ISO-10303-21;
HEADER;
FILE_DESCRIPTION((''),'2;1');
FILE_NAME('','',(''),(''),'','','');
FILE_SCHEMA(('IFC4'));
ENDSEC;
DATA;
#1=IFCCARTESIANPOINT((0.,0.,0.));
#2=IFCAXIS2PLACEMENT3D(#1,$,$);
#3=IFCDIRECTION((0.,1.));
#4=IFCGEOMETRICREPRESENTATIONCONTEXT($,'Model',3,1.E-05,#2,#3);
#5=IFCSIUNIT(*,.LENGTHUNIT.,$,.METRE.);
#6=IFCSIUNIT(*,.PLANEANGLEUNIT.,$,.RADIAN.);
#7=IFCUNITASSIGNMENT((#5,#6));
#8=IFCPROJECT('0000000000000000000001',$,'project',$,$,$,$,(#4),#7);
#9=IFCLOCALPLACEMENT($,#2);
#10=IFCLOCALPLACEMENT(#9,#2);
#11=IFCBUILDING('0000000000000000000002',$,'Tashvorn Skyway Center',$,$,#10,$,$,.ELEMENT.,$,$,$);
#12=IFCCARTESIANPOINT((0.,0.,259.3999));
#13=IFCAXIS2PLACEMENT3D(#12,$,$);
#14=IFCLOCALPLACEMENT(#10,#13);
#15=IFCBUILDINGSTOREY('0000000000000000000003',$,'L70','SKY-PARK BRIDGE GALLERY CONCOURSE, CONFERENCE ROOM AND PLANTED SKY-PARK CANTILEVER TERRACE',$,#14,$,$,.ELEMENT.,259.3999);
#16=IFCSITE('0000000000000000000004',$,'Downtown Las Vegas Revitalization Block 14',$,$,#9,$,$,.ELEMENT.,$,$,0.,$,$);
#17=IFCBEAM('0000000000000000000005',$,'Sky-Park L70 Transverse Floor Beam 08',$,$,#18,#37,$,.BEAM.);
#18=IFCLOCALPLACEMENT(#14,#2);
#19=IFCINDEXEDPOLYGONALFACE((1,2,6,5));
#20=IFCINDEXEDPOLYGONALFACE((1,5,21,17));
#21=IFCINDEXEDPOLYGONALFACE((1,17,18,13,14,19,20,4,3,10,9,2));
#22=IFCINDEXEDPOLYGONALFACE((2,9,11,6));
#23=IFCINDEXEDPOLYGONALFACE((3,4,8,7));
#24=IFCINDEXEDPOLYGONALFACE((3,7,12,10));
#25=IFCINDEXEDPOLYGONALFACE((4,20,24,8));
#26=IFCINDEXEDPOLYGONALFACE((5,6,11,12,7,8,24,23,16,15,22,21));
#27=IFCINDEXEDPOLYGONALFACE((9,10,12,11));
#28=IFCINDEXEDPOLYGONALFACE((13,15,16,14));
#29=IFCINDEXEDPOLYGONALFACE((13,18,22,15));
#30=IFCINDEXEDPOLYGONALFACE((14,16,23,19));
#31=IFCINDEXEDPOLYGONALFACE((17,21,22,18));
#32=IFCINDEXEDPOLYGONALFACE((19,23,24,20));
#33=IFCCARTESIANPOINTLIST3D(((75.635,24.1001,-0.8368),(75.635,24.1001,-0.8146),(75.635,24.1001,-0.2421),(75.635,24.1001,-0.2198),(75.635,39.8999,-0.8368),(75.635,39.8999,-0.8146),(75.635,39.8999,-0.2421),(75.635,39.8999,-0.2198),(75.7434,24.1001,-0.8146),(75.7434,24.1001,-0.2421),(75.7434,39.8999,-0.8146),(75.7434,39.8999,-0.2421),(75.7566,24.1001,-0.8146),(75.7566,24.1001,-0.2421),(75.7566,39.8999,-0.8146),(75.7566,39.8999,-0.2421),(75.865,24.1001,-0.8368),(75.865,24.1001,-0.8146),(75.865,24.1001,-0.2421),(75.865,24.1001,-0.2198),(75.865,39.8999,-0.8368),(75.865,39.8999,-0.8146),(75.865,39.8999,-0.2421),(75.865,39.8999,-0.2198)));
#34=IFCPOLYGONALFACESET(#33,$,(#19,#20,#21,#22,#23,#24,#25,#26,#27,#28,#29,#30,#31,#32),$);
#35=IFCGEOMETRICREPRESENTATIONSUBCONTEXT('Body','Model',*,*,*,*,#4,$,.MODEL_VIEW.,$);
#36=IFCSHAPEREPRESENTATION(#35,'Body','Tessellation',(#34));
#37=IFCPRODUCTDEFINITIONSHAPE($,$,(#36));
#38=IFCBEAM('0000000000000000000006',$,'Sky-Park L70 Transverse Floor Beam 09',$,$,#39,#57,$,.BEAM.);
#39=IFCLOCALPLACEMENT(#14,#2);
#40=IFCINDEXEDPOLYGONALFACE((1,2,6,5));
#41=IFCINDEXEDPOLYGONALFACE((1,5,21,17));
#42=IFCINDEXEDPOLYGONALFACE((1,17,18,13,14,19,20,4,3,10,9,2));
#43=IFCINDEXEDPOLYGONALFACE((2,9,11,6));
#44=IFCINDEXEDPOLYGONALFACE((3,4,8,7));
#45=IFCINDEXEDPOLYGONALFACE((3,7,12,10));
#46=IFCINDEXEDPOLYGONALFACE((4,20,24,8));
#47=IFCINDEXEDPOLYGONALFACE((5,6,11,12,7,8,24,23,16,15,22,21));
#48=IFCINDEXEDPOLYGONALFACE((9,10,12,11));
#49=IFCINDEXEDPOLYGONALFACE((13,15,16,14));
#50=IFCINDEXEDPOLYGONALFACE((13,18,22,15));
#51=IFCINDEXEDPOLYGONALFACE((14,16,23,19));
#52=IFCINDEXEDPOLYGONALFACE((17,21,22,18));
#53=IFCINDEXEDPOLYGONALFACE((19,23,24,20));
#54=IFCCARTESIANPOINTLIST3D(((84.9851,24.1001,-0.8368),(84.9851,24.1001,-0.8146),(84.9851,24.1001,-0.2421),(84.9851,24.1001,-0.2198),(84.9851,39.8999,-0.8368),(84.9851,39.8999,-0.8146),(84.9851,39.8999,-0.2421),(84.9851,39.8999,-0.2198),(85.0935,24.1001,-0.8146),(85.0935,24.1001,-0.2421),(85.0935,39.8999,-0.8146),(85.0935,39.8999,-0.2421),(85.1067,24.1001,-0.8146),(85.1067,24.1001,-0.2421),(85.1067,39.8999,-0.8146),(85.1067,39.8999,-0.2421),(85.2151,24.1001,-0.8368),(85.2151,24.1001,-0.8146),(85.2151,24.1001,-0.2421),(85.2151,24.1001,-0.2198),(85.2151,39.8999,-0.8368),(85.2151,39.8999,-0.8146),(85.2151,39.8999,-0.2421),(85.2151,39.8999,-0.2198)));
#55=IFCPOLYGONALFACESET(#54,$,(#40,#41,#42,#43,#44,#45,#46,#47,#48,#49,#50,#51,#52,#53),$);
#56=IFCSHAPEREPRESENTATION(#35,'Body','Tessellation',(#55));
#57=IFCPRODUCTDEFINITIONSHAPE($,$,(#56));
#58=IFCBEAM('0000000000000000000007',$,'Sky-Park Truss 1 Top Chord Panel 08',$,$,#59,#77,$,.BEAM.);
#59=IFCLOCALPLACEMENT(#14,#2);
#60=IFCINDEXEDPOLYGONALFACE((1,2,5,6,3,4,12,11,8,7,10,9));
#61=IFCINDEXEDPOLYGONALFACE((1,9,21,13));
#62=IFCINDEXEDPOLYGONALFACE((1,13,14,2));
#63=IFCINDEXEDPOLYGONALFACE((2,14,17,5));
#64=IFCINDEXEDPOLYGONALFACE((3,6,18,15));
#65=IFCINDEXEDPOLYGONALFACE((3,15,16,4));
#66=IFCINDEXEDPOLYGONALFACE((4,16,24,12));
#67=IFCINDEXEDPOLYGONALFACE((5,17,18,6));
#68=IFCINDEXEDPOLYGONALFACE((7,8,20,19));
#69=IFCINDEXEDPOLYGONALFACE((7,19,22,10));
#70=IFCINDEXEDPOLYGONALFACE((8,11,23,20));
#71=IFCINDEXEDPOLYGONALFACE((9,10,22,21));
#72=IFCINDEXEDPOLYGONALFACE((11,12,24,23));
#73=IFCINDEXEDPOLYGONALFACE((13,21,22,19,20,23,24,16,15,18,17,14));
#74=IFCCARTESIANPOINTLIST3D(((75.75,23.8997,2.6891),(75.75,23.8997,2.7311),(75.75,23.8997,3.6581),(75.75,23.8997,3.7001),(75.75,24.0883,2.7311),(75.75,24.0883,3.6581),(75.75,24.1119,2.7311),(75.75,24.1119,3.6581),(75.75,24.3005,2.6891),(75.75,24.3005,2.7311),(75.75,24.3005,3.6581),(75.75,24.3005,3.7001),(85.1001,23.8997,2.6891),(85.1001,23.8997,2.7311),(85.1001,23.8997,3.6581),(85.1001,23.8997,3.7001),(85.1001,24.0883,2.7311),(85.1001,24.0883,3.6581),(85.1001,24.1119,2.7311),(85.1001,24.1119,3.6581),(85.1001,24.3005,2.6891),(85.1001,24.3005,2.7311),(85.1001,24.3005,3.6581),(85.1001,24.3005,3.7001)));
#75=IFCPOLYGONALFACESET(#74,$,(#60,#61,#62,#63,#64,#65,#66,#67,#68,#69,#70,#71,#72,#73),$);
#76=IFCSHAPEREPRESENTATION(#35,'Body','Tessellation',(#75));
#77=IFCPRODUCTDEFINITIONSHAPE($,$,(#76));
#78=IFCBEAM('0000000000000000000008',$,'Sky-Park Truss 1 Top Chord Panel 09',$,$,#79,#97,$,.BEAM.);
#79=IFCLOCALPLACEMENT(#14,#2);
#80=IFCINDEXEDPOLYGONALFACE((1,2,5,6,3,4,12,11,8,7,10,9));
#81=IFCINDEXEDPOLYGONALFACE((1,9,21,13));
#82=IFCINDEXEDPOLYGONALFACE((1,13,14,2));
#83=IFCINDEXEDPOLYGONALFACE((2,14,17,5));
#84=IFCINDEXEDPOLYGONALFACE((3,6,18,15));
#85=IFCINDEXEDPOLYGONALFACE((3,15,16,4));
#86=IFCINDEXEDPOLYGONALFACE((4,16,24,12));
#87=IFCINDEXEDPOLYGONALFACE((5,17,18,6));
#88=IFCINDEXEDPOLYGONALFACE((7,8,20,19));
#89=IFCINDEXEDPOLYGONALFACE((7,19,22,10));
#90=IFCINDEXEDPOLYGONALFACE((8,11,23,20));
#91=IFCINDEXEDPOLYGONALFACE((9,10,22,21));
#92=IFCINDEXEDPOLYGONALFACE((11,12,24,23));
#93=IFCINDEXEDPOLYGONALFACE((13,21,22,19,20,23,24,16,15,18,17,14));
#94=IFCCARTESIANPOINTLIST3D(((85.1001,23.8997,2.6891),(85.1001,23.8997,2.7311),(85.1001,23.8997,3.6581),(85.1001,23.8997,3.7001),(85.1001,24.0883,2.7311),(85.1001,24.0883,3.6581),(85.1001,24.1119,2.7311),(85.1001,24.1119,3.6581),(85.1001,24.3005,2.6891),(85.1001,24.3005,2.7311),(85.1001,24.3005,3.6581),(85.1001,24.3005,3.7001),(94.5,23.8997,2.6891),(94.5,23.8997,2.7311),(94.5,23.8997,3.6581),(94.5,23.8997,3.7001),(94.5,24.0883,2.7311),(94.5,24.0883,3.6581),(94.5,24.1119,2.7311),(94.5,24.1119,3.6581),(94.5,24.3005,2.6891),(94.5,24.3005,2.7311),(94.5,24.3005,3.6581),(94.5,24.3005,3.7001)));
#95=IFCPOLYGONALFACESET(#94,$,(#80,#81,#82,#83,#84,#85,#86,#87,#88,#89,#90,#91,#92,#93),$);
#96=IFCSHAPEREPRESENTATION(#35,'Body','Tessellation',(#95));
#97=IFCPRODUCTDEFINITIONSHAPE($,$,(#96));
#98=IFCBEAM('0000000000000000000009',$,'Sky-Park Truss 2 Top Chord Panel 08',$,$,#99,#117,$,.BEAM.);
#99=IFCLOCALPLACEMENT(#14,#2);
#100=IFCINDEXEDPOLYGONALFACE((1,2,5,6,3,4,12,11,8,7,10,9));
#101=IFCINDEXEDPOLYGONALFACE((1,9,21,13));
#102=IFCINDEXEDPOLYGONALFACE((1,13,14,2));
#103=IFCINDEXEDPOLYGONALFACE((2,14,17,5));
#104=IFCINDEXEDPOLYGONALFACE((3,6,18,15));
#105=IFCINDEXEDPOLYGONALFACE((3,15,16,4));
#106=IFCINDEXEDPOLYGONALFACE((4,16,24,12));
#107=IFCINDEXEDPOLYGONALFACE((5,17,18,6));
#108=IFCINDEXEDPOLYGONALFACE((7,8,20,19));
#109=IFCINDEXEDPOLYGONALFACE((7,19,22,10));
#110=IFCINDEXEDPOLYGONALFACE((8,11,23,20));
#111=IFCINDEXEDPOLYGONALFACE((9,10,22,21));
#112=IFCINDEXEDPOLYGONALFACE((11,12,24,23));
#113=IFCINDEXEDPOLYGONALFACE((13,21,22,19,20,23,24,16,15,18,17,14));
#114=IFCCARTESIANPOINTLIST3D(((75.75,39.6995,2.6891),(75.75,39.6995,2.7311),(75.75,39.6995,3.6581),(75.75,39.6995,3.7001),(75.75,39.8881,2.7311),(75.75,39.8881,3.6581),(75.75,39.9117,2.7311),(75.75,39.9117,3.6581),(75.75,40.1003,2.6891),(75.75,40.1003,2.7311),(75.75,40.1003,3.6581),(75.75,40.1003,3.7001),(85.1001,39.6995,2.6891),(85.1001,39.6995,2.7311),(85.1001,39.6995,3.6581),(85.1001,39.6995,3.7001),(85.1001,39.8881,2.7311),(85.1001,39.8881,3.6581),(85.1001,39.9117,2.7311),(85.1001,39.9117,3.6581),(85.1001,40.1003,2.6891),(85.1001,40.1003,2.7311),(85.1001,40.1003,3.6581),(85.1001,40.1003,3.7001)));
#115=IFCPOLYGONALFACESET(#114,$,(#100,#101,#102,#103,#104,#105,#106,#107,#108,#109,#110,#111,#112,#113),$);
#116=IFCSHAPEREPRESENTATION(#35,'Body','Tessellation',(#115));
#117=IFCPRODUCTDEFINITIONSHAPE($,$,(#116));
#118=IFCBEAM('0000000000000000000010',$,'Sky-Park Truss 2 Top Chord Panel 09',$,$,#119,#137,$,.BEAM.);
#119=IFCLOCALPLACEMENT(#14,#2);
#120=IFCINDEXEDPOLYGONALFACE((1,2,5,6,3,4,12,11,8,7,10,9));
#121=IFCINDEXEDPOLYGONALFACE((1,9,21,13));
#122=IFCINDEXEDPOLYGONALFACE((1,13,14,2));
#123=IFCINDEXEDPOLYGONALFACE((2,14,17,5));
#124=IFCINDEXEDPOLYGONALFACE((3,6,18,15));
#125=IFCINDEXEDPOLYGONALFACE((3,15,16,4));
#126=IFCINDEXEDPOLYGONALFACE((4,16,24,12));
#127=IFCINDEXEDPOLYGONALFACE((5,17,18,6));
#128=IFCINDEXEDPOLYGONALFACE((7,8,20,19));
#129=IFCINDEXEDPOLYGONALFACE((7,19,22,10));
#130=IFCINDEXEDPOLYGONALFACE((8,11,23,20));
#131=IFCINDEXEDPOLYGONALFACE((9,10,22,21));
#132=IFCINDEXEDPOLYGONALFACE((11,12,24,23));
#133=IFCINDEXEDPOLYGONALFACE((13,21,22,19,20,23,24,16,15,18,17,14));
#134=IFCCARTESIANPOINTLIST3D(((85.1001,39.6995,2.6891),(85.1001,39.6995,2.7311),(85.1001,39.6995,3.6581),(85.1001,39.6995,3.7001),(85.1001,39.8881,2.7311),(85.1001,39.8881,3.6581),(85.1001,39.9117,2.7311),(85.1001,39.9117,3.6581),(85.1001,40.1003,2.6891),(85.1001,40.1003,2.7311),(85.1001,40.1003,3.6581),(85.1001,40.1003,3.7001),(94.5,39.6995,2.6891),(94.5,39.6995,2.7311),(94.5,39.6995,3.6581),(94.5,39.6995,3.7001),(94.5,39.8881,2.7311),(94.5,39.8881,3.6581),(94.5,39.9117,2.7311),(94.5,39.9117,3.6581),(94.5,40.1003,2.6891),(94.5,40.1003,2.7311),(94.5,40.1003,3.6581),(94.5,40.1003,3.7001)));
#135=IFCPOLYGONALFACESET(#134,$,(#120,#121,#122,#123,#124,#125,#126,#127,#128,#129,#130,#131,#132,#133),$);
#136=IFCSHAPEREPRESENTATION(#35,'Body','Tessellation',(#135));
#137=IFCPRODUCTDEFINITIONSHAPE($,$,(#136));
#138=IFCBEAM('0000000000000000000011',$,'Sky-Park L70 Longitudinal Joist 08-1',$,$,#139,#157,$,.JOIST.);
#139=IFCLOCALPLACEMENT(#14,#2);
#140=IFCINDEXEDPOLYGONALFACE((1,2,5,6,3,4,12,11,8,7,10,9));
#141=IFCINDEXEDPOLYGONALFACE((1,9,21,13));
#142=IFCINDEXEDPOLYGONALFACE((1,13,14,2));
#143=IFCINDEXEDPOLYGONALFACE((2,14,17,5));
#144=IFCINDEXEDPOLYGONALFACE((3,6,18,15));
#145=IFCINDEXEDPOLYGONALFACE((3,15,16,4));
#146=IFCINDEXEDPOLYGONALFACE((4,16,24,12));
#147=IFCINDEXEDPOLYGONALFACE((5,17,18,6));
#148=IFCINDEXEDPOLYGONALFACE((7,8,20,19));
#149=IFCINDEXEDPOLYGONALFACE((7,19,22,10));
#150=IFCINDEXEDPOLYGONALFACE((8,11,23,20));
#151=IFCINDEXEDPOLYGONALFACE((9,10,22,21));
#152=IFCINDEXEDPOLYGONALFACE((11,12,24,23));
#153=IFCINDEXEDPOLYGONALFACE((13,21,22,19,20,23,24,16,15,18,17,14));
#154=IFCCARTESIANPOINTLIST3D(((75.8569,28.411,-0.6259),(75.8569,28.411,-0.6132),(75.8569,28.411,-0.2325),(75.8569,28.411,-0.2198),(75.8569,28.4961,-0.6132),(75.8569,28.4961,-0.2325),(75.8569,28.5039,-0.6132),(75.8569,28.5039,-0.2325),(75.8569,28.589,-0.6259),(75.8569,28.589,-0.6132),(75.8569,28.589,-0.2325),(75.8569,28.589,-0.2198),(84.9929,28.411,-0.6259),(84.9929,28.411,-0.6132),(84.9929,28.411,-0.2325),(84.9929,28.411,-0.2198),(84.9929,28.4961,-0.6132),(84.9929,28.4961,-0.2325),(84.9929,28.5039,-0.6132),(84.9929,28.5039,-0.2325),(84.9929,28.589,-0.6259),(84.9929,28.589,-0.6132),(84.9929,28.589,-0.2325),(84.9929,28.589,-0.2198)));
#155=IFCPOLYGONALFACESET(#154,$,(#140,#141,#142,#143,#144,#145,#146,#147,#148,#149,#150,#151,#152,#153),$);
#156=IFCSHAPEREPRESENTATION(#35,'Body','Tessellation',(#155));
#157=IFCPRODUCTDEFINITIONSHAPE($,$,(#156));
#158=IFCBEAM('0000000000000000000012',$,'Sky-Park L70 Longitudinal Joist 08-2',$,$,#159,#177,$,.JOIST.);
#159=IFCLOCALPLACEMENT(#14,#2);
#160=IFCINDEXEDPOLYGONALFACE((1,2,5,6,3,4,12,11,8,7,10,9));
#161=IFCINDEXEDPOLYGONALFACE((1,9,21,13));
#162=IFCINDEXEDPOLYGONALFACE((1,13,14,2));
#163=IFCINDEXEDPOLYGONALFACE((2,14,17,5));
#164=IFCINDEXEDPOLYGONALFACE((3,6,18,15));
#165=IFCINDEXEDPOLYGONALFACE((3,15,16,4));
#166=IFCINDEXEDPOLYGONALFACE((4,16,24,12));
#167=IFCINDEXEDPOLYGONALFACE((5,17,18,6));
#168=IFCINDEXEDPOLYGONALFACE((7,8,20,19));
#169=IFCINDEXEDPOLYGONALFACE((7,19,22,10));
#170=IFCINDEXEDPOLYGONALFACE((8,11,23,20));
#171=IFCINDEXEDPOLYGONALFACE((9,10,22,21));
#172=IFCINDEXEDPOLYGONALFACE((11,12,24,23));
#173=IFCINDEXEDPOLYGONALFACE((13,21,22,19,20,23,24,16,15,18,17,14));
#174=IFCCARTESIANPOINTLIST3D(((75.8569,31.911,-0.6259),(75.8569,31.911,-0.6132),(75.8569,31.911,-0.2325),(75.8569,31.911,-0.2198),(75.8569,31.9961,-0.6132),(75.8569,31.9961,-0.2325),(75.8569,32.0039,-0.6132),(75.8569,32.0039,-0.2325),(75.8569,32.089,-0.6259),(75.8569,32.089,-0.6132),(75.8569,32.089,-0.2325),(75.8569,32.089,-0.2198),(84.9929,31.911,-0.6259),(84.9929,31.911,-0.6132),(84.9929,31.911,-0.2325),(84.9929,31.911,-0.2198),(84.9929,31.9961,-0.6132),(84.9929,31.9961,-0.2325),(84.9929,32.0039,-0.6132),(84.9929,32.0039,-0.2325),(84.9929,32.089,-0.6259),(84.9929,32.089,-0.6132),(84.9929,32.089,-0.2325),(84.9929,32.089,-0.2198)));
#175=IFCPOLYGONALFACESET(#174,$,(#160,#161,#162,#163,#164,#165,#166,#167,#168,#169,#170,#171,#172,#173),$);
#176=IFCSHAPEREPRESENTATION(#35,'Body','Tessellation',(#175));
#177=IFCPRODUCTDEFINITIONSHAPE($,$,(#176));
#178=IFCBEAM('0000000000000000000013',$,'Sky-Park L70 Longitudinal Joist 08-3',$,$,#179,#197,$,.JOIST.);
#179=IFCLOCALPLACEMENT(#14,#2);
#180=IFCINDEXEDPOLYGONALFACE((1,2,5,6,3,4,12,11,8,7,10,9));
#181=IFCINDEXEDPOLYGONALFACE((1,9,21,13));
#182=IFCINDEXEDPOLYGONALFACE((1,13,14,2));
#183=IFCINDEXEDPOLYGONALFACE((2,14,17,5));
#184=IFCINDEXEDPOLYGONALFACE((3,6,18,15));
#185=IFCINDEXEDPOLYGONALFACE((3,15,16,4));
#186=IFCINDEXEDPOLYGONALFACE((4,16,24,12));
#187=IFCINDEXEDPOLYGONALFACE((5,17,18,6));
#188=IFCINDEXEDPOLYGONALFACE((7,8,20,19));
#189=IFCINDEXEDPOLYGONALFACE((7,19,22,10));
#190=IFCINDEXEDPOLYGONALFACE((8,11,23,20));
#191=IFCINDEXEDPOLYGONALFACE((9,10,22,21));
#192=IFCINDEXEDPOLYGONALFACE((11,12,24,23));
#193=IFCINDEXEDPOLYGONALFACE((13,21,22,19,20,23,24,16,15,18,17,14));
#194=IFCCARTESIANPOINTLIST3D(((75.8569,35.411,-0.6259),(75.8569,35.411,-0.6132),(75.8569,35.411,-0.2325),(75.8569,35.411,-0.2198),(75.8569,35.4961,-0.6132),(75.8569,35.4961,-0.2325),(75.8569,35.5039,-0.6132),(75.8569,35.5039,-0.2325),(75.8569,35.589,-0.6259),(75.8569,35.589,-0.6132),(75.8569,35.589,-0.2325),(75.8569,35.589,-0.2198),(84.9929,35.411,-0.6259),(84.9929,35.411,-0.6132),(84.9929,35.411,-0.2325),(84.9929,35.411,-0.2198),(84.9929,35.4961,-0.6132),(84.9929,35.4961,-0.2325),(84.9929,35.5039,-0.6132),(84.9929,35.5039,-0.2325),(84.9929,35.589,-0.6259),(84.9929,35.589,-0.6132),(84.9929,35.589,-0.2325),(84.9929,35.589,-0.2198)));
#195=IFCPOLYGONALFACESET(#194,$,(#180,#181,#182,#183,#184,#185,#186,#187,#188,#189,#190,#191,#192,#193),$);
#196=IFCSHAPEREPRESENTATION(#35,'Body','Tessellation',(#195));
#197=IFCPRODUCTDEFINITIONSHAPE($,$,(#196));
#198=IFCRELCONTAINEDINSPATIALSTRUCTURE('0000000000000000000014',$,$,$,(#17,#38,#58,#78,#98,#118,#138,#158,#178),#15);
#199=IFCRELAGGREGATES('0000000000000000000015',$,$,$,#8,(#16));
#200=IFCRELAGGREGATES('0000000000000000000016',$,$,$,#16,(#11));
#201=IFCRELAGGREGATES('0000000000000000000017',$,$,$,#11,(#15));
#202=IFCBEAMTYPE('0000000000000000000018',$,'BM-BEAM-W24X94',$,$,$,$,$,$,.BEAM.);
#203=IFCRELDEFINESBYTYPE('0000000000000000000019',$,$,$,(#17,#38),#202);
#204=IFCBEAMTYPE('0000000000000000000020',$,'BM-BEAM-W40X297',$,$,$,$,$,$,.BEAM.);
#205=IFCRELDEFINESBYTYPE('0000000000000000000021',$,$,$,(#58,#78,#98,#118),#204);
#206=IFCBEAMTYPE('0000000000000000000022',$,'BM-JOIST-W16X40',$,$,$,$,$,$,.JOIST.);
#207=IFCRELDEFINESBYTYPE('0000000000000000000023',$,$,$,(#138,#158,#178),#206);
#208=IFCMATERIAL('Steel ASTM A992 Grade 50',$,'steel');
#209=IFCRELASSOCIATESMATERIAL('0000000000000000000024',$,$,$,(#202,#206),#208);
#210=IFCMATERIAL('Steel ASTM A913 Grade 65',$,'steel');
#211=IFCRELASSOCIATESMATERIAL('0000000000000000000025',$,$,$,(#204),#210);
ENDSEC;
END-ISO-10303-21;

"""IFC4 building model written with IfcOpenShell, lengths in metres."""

from ifc_helpers import new_model, si_unit, direction, frame, origin, origin_2d, place, context, subcontext, project, spatial, i_section, extrude, material, material_profile, profile_set, type_object, element, save


model = new_model("IFC4")

# Units and contexts
model_context = context("Model", 3, precision=1e-05, world=origin(), true_north=direction((0.0, 1.0)))
body_context = subcontext(model_context, "Body", "Model", "MODEL_VIEW")
ifc_project = project(units=[si_unit("LENGTHUNIT", "METRE"), si_unit("PLANEANGLEUNIT", "RADIAN")], contexts=[model_context])

# Site, building, storey
site_placement = place(None, origin())
site = spatial("IfcSite", under=ifc_project, at=site_placement, Name="Downtown Las Vegas Revitalization Block 14", CompositionType="ELEMENT", RefElevation=0.0)
building_placement = place(site_placement, origin())
building = spatial("IfcBuilding", under=site, at=building_placement, Name="Tashvorn Skyway Center", CompositionType="ELEMENT")
storey_placement = place(building_placement, frame((0.0, 0.0, 259.3999)))
storey = spatial("IfcBuildingStorey", under=building, at=storey_placement, Name="L70", Description="SKY-PARK BRIDGE GALLERY CONCOURSE, CONFERENCE ROOM AND PLANTED SKY-PARK CANTILEVER TERRACE", CompositionType="ELEMENT", Elevation=259.3999)

# Beams
ifc_material_1 = material(Name="Steel ASTM A992 Grade 50", Category="steel")
ifc_material_profile_1 = material_profile(ifc_material_1, i_section(OverallWidth=0.23, OverallDepth=0.6169, WebThickness=0.0132, FlangeThickness=0.0222, at=origin_2d()), Name="W24X94")
ifc_profile_set_1 = profile_set([ifc_material_profile_1], Name="Steel ASTM A992 Grade 50")
beam_type_1 = type_object("IfcBeamType", Name="BM-BEAM-W24X94", PredefinedType="BEAM", material=ifc_profile_set_1)
for number, where, z_axis, x_axis, name in (
    (1, (75.75, 24.1001, -0.5283), (0.0, 1.0, 0.0), (-1.0, 0.0, 0.0), "Sky-Park L70 Transverse Floor Beam 08"),
    (2, (85.1001, 24.1001, -0.5283), (0.0, 1.0, 0.0), (-1.0, 0.0, 0.0), "Sky-Park L70 Transverse Floor Beam 09"),
):
    element("IfcBeam", number, at=place(storey_placement, frame(where, z_axis=z_axis, x_axis=x_axis)), inside=storey, type_object=beam_type_1, Name=name, PredefinedType="BEAM", context=body_context, shape_type="SweptSolid", body=[
        extrude(i_section(OverallWidth=0.23, OverallDepth=0.6169, WebThickness=0.0132, FlangeThickness=0.0222, at=origin_2d()), origin(), (0.0, 0.0, 1.0), 15.7998),
    ])
ifc_material_2 = material(Name="Steel ASTM A913 Grade 65", Category="steel")
ifc_material_profile_2 = material_profile(ifc_material_2, i_section(OverallWidth=0.4009, OverallDepth=1.011, WebThickness=0.0237, FlangeThickness=0.042, at=origin_2d()), Name="W40X297")
ifc_profile_set_2 = profile_set([ifc_material_profile_2], Name="Steel ASTM A913 Grade 65")
beam_type_2 = type_object("IfcBeamType", Name="BM-BEAM-W40X297", PredefinedType="BEAM", material=ifc_profile_set_2)
beam_1_placement = place(storey_placement, frame((75.75, 24.1001, 3.1946), z_axis=(1.0, 0.0, 0.0), x_axis=(0.0, 1.0, 0.0)))
element("IfcBeam", 3, at=beam_1_placement, inside=storey, type_object=beam_type_2, Name="Sky-Park Truss 1 Top Chord Panel 08", PredefinedType="BEAM", context=body_context, shape_type="SweptSolid", body=[
    extrude(i_section(OverallWidth=0.4009, OverallDepth=1.011, WebThickness=0.0237, FlangeThickness=0.042, at=origin_2d()), origin(), (0.0, 0.0, 1.0), 9.3501),
])
beam_2_placement = place(storey_placement, frame((85.1001, 24.1001, 3.1946), z_axis=(1.0, 0.0, 0.0), x_axis=(0.0, 1.0, 0.0)))
element("IfcBeam", 4, at=beam_2_placement, inside=storey, type_object=beam_type_2, Name="Sky-Park Truss 1 Top Chord Panel 09", PredefinedType="BEAM", context=body_context, shape_type="SweptSolid", body=[
    extrude(i_section(OverallWidth=0.4009, OverallDepth=1.011, WebThickness=0.0237, FlangeThickness=0.042, at=origin_2d()), origin(), (0.0, 0.0, 1.0), 9.3999),
])
beam_3_placement = place(storey_placement, frame((75.75, 39.8999, 3.1946), z_axis=(1.0, 0.0, 0.0), x_axis=(0.0, 1.0, 0.0)))
element("IfcBeam", 5, at=beam_3_placement, inside=storey, type_object=beam_type_2, Name="Sky-Park Truss 2 Top Chord Panel 08", PredefinedType="BEAM", context=body_context, shape_type="SweptSolid", body=[
    extrude(i_section(OverallWidth=0.4009, OverallDepth=1.011, WebThickness=0.0237, FlangeThickness=0.042, at=origin_2d()), origin(), (0.0, 0.0, 1.0), 9.3501),
])
beam_4_placement = place(storey_placement, frame((85.1001, 39.8999, 3.1946), z_axis=(1.0, 0.0, 0.0), x_axis=(0.0, 1.0, 0.0)))
element("IfcBeam", 6, at=beam_4_placement, inside=storey, type_object=beam_type_2, Name="Sky-Park Truss 2 Top Chord Panel 09", PredefinedType="BEAM", context=body_context, shape_type="SweptSolid", body=[
    extrude(i_section(OverallWidth=0.4009, OverallDepth=1.011, WebThickness=0.0237, FlangeThickness=0.042, at=origin_2d()), origin(), (0.0, 0.0, 1.0), 9.3999),
])
ifc_material_profile_3 = material_profile(ifc_material_1, i_section(OverallWidth=0.178, OverallDepth=0.406, WebThickness=0.0078, FlangeThickness=0.0127, at=origin_2d()), Name="W16X40")
ifc_profile_set_3 = profile_set([ifc_material_profile_3], Name="Steel ASTM A992 Grade 50")
beam_type_3 = type_object("IfcBeamType", Name="BM-JOIST-W16X40", PredefinedType="JOIST", material=ifc_profile_set_3)
for number, where, z_axis, x_axis, name in (
    (7, (75.8569, 28.5, -0.4229), (1.0, 0.0, 0.0), (0.0, 1.0, 0.0), "Sky-Park L70 Longitudinal Joist 08-1"),
    (8, (75.8569, 32.0, -0.4229), (1.0, 0.0, 0.0), (0.0, 1.0, 0.0), "Sky-Park L70 Longitudinal Joist 08-2"),
    (9, (75.8569, 35.5, -0.4229), (1.0, 0.0, 0.0), (0.0, 1.0, 0.0), "Sky-Park L70 Longitudinal Joist 08-3"),
):
    element("IfcBeam", number, at=place(storey_placement, frame(where, z_axis=z_axis, x_axis=x_axis)), inside=storey, type_object=beam_type_3, Name=name, PredefinedType="JOIST", context=body_context, shape_type="SweptSolid", body=[
        extrude(i_section(OverallWidth=0.178, OverallDepth=0.406, WebThickness=0.0078, FlangeThickness=0.0127, at=origin_2d()), origin(), (0.0, 0.0, 1.0), 9.136),
    ])

save(model, "model.ifc")
